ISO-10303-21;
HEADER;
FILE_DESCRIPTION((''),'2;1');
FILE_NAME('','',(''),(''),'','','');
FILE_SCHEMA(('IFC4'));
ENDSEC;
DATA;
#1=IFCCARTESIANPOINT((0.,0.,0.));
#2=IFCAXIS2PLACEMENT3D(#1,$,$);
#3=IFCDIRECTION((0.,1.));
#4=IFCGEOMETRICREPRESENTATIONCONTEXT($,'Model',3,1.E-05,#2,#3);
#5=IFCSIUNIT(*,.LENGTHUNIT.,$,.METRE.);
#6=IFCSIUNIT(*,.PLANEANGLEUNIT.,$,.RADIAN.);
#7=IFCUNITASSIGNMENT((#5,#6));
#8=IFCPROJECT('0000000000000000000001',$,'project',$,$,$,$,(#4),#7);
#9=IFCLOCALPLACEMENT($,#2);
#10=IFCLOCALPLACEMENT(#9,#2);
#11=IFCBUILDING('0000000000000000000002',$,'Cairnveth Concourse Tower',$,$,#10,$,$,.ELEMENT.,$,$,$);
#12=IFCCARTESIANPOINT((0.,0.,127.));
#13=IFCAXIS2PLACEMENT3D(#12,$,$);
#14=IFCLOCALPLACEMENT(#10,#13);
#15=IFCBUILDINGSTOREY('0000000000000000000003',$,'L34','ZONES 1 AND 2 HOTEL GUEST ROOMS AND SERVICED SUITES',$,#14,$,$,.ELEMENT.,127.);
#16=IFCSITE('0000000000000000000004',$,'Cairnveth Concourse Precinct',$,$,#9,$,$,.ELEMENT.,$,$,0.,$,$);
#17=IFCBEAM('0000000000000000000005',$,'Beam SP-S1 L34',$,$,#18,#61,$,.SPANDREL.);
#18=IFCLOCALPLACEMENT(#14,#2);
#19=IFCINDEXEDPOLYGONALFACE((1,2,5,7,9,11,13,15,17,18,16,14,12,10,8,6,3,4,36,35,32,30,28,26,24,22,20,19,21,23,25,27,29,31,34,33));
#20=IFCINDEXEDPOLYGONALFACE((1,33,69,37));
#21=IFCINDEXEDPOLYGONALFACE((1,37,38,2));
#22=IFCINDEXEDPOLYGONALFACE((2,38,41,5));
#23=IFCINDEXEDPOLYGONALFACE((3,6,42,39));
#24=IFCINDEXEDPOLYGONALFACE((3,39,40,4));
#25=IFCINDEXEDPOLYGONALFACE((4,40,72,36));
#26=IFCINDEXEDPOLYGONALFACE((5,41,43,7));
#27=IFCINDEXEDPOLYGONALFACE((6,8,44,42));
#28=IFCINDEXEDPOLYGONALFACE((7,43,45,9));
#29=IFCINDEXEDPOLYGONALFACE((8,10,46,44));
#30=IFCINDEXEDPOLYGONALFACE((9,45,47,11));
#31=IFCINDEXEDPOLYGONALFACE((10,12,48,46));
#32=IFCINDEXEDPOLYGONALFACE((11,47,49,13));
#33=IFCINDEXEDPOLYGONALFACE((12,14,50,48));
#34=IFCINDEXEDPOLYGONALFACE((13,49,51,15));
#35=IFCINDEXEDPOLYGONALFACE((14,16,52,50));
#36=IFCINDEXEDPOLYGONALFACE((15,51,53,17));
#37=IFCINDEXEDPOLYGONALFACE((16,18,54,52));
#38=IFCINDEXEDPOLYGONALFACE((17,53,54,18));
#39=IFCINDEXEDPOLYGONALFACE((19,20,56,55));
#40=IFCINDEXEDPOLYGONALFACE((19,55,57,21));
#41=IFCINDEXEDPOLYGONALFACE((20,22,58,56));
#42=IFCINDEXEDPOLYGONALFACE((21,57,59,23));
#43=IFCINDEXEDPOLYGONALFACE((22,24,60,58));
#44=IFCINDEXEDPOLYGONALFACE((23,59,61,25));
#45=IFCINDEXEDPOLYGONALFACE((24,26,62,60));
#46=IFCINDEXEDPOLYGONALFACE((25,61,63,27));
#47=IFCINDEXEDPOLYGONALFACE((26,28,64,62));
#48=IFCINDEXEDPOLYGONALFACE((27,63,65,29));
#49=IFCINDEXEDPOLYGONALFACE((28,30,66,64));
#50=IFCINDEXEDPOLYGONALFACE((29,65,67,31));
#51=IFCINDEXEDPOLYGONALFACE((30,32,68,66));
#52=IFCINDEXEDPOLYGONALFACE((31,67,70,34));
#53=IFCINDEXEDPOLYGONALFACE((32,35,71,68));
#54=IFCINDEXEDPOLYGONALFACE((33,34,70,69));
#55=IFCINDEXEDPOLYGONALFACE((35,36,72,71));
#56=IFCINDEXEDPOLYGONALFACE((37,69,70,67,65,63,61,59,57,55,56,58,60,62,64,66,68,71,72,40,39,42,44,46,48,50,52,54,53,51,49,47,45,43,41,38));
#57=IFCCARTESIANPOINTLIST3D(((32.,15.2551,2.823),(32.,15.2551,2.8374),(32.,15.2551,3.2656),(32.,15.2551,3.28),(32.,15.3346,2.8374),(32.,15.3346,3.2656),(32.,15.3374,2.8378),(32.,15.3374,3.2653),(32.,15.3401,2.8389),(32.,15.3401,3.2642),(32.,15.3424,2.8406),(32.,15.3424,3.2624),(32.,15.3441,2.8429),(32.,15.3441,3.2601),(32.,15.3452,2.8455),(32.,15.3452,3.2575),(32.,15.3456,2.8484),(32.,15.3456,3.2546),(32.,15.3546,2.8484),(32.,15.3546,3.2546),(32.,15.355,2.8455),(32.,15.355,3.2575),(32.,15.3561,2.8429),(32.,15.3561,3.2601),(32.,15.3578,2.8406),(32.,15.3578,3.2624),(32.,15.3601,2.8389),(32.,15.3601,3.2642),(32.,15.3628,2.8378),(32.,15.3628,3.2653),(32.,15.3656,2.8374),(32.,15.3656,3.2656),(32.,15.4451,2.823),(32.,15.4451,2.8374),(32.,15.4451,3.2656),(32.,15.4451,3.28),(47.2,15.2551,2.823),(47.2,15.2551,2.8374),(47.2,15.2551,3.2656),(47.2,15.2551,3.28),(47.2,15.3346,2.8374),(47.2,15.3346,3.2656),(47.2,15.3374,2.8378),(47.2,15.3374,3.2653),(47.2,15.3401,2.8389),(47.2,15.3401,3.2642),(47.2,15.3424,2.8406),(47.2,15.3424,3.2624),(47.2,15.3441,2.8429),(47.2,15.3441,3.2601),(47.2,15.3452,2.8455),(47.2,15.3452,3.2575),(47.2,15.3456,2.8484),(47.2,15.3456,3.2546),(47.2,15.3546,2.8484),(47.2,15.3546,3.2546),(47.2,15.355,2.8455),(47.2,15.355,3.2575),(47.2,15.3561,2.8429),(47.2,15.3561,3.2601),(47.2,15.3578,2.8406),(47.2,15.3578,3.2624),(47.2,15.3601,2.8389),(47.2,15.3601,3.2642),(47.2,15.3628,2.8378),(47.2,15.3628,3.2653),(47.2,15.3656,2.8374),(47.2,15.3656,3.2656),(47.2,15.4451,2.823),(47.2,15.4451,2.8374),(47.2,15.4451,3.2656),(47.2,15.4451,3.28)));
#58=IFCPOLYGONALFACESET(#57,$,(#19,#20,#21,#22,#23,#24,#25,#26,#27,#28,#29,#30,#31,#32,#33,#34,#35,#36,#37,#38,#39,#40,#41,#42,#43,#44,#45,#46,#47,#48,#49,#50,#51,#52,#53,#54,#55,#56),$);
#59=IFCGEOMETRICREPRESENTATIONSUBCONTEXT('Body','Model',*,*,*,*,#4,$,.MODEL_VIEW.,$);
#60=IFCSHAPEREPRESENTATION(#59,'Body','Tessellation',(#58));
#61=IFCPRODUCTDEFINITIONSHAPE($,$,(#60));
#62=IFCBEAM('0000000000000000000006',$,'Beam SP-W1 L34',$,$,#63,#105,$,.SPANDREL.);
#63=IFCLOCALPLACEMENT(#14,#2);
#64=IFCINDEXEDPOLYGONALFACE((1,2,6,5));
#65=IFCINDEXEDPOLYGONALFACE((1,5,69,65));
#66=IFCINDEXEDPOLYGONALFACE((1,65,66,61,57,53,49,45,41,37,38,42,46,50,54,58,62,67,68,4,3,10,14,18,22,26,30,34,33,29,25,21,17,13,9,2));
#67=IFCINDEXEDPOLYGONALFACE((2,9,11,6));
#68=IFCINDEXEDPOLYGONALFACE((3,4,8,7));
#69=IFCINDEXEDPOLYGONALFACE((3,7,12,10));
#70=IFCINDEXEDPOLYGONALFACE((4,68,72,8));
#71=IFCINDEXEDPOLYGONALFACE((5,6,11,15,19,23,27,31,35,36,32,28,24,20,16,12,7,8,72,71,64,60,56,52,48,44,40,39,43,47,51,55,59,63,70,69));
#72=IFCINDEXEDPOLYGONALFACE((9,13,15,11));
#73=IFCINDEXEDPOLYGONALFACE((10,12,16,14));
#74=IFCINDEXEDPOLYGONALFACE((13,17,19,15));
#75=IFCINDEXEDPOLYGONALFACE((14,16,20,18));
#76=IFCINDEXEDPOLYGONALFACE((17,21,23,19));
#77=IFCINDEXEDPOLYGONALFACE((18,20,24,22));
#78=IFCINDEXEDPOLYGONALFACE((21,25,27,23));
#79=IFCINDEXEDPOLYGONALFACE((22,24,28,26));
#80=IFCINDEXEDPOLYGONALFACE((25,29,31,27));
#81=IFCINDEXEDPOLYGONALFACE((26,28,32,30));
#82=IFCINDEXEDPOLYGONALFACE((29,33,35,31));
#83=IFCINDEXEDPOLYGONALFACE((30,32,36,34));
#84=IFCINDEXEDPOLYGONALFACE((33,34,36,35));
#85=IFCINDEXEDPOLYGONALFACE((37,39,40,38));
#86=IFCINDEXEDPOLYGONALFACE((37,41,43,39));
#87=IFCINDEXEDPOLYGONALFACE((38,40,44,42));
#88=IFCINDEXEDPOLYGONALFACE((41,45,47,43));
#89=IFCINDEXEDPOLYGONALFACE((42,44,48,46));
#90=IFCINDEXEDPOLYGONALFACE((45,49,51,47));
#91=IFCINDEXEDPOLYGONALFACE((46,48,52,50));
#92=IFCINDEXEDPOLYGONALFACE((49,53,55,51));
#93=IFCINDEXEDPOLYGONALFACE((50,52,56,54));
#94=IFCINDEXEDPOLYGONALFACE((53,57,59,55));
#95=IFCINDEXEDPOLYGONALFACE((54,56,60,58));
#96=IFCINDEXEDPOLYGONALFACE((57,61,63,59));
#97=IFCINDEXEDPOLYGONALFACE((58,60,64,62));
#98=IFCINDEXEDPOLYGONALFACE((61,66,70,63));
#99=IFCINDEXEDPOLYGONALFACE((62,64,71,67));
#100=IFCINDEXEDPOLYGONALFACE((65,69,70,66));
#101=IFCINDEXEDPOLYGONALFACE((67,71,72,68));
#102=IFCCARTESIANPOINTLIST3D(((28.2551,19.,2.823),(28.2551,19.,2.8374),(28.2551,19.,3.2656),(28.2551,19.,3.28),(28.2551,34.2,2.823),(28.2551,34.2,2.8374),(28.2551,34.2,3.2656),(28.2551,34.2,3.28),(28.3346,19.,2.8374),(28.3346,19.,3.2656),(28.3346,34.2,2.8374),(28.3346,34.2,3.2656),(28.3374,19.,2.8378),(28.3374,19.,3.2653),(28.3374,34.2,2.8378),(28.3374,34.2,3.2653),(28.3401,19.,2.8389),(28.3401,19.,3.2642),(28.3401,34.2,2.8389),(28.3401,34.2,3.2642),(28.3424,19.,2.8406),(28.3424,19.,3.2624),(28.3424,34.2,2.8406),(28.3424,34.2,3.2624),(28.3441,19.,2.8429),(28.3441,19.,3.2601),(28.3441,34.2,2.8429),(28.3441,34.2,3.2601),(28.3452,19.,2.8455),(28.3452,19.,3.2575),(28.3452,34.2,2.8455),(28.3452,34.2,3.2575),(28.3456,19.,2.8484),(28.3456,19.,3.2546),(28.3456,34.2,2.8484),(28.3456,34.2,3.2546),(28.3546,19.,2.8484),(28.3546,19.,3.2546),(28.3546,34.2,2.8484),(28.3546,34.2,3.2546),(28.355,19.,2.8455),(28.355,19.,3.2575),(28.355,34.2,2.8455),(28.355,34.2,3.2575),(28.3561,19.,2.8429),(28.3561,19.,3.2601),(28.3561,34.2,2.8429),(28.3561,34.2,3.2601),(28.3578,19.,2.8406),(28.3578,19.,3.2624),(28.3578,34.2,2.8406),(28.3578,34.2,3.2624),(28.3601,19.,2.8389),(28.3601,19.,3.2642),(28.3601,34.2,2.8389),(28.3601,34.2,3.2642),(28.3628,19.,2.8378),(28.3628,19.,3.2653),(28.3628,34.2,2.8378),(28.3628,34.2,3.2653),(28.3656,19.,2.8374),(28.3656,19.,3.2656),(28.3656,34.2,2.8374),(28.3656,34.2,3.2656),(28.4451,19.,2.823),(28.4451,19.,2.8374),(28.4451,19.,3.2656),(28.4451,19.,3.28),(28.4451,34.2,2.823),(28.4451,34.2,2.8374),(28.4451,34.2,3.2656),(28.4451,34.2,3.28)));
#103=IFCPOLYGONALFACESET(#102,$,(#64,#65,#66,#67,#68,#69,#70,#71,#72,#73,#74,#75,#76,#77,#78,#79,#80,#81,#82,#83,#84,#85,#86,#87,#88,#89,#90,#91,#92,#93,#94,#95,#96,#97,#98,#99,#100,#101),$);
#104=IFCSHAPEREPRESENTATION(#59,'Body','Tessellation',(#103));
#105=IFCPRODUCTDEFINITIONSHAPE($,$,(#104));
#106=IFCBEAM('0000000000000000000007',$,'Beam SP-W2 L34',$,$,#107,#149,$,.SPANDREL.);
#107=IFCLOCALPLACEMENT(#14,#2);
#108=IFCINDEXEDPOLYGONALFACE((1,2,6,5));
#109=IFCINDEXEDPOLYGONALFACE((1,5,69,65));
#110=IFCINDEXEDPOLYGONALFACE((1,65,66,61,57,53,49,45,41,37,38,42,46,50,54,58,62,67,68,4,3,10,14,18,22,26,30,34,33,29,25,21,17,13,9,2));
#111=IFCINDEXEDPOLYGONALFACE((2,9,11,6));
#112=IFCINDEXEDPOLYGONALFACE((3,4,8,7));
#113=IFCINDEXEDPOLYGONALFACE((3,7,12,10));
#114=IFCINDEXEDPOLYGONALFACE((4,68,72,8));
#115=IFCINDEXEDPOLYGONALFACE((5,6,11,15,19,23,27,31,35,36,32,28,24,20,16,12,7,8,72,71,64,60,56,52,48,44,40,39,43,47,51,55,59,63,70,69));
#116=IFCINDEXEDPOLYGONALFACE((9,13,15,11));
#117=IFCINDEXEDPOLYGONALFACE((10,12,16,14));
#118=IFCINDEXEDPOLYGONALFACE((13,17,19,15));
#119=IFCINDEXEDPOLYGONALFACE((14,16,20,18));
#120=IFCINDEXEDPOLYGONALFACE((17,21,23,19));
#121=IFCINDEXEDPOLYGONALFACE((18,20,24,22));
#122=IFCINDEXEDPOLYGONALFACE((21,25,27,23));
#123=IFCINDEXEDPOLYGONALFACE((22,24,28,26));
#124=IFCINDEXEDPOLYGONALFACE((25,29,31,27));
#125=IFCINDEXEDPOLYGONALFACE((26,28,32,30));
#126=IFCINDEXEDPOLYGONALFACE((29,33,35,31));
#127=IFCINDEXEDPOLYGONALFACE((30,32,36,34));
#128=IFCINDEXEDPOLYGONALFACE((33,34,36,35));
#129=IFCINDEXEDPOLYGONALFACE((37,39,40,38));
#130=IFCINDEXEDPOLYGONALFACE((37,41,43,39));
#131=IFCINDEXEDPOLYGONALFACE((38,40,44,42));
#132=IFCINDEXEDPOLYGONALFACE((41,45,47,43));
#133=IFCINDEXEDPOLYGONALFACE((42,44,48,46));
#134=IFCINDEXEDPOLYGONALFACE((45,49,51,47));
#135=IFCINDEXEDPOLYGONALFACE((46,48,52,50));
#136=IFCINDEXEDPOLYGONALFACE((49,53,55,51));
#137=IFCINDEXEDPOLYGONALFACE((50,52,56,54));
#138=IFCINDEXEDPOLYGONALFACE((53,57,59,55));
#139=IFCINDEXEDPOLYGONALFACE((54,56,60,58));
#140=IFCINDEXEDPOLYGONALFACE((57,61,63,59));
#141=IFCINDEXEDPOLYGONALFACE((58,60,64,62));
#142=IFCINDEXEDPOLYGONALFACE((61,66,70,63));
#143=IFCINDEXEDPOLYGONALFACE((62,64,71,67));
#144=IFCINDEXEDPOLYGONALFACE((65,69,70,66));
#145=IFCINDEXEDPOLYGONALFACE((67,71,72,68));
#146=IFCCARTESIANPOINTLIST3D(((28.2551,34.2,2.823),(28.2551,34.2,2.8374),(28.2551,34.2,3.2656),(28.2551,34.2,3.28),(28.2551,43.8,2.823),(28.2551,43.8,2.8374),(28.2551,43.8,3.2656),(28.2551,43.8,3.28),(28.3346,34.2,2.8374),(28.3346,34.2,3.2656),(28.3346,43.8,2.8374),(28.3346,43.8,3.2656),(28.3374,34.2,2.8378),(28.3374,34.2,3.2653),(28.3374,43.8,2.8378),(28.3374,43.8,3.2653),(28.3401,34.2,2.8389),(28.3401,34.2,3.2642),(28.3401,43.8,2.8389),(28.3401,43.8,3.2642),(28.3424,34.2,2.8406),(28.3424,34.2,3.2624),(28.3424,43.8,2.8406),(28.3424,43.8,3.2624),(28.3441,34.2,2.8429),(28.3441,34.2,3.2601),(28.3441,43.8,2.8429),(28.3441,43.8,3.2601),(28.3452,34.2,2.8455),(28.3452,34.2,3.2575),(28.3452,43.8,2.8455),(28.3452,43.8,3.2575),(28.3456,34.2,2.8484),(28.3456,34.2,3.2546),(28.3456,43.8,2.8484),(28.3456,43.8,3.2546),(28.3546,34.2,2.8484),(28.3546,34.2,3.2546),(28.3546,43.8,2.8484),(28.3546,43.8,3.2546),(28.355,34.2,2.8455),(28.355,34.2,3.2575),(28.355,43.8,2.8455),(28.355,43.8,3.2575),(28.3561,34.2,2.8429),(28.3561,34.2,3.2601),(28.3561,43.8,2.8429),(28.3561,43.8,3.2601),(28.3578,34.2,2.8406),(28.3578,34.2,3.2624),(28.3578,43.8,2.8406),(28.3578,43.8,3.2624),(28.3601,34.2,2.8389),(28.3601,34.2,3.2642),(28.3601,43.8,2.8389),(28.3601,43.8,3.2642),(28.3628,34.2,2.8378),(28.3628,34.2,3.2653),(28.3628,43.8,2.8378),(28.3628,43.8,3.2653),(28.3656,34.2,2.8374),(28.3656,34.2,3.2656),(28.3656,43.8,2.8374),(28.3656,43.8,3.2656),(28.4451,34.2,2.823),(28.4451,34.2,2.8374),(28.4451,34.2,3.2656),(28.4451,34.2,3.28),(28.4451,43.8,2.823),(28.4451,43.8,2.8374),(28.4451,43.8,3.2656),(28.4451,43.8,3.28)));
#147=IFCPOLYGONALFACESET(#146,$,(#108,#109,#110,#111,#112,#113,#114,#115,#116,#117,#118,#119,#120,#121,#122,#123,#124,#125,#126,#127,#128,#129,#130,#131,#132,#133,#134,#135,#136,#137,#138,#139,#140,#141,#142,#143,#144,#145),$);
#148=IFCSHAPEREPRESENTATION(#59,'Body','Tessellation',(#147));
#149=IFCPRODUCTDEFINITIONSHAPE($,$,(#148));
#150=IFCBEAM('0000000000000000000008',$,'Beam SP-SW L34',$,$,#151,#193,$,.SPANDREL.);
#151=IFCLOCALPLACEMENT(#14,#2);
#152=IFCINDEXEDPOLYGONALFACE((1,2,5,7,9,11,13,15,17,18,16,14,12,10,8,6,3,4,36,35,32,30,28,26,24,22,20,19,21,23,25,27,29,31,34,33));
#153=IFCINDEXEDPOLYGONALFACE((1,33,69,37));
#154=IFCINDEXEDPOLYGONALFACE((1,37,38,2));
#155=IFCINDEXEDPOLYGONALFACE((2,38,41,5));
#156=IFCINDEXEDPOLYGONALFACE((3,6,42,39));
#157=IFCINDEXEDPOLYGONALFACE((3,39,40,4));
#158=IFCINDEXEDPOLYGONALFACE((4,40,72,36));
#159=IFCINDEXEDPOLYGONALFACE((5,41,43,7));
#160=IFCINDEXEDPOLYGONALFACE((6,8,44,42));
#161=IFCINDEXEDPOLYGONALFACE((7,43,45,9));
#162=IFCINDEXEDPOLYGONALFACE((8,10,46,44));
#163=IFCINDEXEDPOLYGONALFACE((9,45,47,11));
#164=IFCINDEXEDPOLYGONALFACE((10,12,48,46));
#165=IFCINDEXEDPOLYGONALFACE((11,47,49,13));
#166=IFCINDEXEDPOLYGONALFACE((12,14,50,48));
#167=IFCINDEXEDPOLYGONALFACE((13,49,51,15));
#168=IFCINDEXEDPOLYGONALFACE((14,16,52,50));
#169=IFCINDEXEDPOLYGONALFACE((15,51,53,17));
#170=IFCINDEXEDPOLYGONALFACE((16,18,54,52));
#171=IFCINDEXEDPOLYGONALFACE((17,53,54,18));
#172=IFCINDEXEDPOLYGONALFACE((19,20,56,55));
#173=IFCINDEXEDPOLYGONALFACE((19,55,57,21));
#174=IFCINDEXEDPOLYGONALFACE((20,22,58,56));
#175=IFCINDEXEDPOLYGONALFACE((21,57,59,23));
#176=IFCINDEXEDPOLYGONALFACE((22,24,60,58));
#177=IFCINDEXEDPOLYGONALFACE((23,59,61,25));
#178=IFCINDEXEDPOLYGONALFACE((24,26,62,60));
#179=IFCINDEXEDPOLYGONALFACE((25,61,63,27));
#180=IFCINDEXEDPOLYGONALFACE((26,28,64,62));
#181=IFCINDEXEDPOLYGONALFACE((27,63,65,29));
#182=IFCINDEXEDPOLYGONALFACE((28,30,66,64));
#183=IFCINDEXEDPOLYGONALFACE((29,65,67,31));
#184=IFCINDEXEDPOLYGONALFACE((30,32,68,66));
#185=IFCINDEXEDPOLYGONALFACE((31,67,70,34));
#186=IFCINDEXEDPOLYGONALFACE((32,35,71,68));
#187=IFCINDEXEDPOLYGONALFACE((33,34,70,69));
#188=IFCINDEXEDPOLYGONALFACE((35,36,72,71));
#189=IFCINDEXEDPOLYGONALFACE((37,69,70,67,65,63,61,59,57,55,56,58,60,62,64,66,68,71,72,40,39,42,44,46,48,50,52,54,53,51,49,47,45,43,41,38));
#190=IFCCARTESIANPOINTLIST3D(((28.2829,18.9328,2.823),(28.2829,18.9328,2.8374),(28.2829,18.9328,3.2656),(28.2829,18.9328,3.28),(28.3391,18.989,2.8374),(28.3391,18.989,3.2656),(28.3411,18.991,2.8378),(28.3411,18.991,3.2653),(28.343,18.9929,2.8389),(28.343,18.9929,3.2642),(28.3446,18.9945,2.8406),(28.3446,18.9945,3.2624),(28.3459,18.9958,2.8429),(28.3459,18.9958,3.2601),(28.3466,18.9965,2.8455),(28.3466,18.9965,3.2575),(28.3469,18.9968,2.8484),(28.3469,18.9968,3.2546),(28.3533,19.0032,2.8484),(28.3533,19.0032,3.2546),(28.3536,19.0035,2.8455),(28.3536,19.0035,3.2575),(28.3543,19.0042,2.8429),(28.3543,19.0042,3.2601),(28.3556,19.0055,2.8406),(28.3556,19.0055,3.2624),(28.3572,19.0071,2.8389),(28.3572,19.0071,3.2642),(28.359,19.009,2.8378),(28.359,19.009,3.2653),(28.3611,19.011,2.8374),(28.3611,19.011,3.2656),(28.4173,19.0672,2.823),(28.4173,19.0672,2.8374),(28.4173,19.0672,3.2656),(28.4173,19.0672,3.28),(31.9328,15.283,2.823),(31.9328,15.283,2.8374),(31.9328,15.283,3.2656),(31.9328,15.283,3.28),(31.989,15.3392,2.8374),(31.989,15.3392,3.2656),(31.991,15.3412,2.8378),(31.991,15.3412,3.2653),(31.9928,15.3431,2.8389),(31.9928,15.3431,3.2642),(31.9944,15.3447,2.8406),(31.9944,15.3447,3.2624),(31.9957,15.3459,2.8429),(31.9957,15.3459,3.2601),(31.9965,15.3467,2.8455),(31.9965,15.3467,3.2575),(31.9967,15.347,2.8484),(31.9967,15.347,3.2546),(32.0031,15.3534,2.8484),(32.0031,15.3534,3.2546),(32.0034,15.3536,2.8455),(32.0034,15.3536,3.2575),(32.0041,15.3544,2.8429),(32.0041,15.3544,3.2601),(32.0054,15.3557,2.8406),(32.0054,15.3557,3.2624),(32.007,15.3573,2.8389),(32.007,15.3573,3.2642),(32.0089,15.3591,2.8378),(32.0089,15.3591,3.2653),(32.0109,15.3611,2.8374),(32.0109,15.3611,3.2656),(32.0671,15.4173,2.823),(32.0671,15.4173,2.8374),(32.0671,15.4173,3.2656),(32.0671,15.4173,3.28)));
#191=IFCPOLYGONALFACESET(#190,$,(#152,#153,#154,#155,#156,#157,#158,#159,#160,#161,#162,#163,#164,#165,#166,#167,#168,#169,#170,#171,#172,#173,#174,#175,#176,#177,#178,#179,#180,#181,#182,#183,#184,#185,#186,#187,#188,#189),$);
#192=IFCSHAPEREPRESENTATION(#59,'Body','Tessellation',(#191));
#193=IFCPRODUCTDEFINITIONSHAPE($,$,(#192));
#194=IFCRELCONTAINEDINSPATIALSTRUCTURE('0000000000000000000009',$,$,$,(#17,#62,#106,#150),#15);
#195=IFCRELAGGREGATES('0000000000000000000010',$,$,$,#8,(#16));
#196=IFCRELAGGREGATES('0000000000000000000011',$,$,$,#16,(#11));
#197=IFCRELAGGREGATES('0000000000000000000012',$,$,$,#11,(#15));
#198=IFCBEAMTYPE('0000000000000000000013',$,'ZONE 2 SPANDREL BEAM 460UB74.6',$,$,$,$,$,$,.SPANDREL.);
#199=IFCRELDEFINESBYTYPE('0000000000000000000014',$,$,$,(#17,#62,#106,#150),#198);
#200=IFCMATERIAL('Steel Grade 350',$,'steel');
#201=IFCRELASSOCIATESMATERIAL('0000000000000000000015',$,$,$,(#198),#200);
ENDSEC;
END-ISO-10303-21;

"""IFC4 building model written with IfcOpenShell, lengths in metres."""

from ifc_helpers import new_model, si_unit, direction, frame, origin, origin_2d, place, context, subcontext, project, spatial, i_section, extrude, material, material_profile, profile_set, type_object, element, save


model = new_model("IFC4")

# Units and contexts
model_context = context("Model", 3, precision=1e-05, world=origin(), true_north=direction((0.0, 1.0)))
body_context = subcontext(model_context, "Body", "Model", "MODEL_VIEW")
ifc_project = project(units=[si_unit("LENGTHUNIT", "METRE"), si_unit("PLANEANGLEUNIT", "RADIAN")], contexts=[model_context])

# Site, building, storey
site_placement = place(None, origin())
site = spatial("IfcSite", under=ifc_project, at=site_placement, Name="Cairnveth Concourse Precinct", CompositionType="ELEMENT", RefElevation=0.0)
building_placement = place(site_placement, origin())
building = spatial("IfcBuilding", under=site, at=building_placement, Name="Cairnveth Concourse Tower", CompositionType="ELEMENT")
storey_placement = place(building_placement, frame((0.0, 0.0, 127.0)))
storey = spatial("IfcBuildingStorey", under=building, at=storey_placement, Name="L34", Description="ZONES 1 AND 2 HOTEL GUEST ROOMS AND SERVICED SUITES", CompositionType="ELEMENT", Elevation=127.0)

# Shared definitions
ifc_material_1 = material(Name="Steel Grade 350", Category="steel")

# Beams
ifc_material_profile_1 = material_profile(ifc_material_1, i_section(OverallWidth=0.1899, OverallDepth=0.457, WebThickness=0.009, FlangeThickness=0.0144, FilletRadius=0.011, at=origin_2d()), Name="460UB74.6")
ifc_profile_set_1 = profile_set([ifc_material_profile_1], Name="Steel Grade 350")
beam_type_1 = type_object("IfcBeamType", Name="ZONE 2 SPANDREL BEAM 460UB74.6", PredefinedType="SPANDREL", material=ifc_profile_set_1)
for number, where, z_axis, x_axis, name in (
    (1, (32.0, 15.3501, 3.0515), (1.0, 0.0, 0.0), (0.0, 1.0, 0.0), "Beam SP-S1 L34"),
    (2, (28.3501, 19.0, 3.0515), (0.0, 1.0, 0.0), (-1.0, 0.0, 0.0), "Beam SP-W1 L34"),
):
    element("IfcBeam", number, at=place(storey_placement, frame(where, z_axis=z_axis, x_axis=x_axis)), inside=storey, type_object=beam_type_1, Name=name, PredefinedType="SPANDREL", context=body_context, shape_type="SweptSolid", body=[
        extrude(i_section(OverallWidth=0.1899, OverallDepth=0.457, WebThickness=0.009, FlangeThickness=0.0144, FilletRadius=0.011, at=origin_2d()), origin(), (0.0, 0.0, 1.0), 15.2),
    ])
beam_1_placement = place(storey_placement, frame((28.3501, 34.2, 3.0515), z_axis=(0.0, 1.0, 0.0), x_axis=(-1.0, 0.0, 0.0)))
element("IfcBeam", 3, at=beam_1_placement, inside=storey, type_object=beam_type_1, Name="Beam SP-W2 L34", PredefinedType="SPANDREL", context=body_context, shape_type="SweptSolid", body=[
    extrude(i_section(OverallWidth=0.1899, OverallDepth=0.457, WebThickness=0.009, FlangeThickness=0.0144, FilletRadius=0.011, at=origin_2d()), origin(), (0.0, 0.0, 1.0), 9.6001),
])
beam_2_placement = place(storey_placement, frame((28.3501, 19.0, 3.0515), z_axis=(0.707107, -0.707107, 0.0), x_axis=(0.707107, 0.707107, 0.0)))
element("IfcBeam", 4, at=beam_2_placement, inside=storey, type_object=beam_type_1, Name="Beam SP-SW L34", PredefinedType="SPANDREL", context=body_context, shape_type="SweptSolid", body=[
    extrude(i_section(OverallWidth=0.1899, OverallDepth=0.457, WebThickness=0.009, FlangeThickness=0.0144, FilletRadius=0.011, at=origin_2d()), origin(), (0.0, 0.0, 1.0), 5.1616),
])

save(model, "model.ifc")
